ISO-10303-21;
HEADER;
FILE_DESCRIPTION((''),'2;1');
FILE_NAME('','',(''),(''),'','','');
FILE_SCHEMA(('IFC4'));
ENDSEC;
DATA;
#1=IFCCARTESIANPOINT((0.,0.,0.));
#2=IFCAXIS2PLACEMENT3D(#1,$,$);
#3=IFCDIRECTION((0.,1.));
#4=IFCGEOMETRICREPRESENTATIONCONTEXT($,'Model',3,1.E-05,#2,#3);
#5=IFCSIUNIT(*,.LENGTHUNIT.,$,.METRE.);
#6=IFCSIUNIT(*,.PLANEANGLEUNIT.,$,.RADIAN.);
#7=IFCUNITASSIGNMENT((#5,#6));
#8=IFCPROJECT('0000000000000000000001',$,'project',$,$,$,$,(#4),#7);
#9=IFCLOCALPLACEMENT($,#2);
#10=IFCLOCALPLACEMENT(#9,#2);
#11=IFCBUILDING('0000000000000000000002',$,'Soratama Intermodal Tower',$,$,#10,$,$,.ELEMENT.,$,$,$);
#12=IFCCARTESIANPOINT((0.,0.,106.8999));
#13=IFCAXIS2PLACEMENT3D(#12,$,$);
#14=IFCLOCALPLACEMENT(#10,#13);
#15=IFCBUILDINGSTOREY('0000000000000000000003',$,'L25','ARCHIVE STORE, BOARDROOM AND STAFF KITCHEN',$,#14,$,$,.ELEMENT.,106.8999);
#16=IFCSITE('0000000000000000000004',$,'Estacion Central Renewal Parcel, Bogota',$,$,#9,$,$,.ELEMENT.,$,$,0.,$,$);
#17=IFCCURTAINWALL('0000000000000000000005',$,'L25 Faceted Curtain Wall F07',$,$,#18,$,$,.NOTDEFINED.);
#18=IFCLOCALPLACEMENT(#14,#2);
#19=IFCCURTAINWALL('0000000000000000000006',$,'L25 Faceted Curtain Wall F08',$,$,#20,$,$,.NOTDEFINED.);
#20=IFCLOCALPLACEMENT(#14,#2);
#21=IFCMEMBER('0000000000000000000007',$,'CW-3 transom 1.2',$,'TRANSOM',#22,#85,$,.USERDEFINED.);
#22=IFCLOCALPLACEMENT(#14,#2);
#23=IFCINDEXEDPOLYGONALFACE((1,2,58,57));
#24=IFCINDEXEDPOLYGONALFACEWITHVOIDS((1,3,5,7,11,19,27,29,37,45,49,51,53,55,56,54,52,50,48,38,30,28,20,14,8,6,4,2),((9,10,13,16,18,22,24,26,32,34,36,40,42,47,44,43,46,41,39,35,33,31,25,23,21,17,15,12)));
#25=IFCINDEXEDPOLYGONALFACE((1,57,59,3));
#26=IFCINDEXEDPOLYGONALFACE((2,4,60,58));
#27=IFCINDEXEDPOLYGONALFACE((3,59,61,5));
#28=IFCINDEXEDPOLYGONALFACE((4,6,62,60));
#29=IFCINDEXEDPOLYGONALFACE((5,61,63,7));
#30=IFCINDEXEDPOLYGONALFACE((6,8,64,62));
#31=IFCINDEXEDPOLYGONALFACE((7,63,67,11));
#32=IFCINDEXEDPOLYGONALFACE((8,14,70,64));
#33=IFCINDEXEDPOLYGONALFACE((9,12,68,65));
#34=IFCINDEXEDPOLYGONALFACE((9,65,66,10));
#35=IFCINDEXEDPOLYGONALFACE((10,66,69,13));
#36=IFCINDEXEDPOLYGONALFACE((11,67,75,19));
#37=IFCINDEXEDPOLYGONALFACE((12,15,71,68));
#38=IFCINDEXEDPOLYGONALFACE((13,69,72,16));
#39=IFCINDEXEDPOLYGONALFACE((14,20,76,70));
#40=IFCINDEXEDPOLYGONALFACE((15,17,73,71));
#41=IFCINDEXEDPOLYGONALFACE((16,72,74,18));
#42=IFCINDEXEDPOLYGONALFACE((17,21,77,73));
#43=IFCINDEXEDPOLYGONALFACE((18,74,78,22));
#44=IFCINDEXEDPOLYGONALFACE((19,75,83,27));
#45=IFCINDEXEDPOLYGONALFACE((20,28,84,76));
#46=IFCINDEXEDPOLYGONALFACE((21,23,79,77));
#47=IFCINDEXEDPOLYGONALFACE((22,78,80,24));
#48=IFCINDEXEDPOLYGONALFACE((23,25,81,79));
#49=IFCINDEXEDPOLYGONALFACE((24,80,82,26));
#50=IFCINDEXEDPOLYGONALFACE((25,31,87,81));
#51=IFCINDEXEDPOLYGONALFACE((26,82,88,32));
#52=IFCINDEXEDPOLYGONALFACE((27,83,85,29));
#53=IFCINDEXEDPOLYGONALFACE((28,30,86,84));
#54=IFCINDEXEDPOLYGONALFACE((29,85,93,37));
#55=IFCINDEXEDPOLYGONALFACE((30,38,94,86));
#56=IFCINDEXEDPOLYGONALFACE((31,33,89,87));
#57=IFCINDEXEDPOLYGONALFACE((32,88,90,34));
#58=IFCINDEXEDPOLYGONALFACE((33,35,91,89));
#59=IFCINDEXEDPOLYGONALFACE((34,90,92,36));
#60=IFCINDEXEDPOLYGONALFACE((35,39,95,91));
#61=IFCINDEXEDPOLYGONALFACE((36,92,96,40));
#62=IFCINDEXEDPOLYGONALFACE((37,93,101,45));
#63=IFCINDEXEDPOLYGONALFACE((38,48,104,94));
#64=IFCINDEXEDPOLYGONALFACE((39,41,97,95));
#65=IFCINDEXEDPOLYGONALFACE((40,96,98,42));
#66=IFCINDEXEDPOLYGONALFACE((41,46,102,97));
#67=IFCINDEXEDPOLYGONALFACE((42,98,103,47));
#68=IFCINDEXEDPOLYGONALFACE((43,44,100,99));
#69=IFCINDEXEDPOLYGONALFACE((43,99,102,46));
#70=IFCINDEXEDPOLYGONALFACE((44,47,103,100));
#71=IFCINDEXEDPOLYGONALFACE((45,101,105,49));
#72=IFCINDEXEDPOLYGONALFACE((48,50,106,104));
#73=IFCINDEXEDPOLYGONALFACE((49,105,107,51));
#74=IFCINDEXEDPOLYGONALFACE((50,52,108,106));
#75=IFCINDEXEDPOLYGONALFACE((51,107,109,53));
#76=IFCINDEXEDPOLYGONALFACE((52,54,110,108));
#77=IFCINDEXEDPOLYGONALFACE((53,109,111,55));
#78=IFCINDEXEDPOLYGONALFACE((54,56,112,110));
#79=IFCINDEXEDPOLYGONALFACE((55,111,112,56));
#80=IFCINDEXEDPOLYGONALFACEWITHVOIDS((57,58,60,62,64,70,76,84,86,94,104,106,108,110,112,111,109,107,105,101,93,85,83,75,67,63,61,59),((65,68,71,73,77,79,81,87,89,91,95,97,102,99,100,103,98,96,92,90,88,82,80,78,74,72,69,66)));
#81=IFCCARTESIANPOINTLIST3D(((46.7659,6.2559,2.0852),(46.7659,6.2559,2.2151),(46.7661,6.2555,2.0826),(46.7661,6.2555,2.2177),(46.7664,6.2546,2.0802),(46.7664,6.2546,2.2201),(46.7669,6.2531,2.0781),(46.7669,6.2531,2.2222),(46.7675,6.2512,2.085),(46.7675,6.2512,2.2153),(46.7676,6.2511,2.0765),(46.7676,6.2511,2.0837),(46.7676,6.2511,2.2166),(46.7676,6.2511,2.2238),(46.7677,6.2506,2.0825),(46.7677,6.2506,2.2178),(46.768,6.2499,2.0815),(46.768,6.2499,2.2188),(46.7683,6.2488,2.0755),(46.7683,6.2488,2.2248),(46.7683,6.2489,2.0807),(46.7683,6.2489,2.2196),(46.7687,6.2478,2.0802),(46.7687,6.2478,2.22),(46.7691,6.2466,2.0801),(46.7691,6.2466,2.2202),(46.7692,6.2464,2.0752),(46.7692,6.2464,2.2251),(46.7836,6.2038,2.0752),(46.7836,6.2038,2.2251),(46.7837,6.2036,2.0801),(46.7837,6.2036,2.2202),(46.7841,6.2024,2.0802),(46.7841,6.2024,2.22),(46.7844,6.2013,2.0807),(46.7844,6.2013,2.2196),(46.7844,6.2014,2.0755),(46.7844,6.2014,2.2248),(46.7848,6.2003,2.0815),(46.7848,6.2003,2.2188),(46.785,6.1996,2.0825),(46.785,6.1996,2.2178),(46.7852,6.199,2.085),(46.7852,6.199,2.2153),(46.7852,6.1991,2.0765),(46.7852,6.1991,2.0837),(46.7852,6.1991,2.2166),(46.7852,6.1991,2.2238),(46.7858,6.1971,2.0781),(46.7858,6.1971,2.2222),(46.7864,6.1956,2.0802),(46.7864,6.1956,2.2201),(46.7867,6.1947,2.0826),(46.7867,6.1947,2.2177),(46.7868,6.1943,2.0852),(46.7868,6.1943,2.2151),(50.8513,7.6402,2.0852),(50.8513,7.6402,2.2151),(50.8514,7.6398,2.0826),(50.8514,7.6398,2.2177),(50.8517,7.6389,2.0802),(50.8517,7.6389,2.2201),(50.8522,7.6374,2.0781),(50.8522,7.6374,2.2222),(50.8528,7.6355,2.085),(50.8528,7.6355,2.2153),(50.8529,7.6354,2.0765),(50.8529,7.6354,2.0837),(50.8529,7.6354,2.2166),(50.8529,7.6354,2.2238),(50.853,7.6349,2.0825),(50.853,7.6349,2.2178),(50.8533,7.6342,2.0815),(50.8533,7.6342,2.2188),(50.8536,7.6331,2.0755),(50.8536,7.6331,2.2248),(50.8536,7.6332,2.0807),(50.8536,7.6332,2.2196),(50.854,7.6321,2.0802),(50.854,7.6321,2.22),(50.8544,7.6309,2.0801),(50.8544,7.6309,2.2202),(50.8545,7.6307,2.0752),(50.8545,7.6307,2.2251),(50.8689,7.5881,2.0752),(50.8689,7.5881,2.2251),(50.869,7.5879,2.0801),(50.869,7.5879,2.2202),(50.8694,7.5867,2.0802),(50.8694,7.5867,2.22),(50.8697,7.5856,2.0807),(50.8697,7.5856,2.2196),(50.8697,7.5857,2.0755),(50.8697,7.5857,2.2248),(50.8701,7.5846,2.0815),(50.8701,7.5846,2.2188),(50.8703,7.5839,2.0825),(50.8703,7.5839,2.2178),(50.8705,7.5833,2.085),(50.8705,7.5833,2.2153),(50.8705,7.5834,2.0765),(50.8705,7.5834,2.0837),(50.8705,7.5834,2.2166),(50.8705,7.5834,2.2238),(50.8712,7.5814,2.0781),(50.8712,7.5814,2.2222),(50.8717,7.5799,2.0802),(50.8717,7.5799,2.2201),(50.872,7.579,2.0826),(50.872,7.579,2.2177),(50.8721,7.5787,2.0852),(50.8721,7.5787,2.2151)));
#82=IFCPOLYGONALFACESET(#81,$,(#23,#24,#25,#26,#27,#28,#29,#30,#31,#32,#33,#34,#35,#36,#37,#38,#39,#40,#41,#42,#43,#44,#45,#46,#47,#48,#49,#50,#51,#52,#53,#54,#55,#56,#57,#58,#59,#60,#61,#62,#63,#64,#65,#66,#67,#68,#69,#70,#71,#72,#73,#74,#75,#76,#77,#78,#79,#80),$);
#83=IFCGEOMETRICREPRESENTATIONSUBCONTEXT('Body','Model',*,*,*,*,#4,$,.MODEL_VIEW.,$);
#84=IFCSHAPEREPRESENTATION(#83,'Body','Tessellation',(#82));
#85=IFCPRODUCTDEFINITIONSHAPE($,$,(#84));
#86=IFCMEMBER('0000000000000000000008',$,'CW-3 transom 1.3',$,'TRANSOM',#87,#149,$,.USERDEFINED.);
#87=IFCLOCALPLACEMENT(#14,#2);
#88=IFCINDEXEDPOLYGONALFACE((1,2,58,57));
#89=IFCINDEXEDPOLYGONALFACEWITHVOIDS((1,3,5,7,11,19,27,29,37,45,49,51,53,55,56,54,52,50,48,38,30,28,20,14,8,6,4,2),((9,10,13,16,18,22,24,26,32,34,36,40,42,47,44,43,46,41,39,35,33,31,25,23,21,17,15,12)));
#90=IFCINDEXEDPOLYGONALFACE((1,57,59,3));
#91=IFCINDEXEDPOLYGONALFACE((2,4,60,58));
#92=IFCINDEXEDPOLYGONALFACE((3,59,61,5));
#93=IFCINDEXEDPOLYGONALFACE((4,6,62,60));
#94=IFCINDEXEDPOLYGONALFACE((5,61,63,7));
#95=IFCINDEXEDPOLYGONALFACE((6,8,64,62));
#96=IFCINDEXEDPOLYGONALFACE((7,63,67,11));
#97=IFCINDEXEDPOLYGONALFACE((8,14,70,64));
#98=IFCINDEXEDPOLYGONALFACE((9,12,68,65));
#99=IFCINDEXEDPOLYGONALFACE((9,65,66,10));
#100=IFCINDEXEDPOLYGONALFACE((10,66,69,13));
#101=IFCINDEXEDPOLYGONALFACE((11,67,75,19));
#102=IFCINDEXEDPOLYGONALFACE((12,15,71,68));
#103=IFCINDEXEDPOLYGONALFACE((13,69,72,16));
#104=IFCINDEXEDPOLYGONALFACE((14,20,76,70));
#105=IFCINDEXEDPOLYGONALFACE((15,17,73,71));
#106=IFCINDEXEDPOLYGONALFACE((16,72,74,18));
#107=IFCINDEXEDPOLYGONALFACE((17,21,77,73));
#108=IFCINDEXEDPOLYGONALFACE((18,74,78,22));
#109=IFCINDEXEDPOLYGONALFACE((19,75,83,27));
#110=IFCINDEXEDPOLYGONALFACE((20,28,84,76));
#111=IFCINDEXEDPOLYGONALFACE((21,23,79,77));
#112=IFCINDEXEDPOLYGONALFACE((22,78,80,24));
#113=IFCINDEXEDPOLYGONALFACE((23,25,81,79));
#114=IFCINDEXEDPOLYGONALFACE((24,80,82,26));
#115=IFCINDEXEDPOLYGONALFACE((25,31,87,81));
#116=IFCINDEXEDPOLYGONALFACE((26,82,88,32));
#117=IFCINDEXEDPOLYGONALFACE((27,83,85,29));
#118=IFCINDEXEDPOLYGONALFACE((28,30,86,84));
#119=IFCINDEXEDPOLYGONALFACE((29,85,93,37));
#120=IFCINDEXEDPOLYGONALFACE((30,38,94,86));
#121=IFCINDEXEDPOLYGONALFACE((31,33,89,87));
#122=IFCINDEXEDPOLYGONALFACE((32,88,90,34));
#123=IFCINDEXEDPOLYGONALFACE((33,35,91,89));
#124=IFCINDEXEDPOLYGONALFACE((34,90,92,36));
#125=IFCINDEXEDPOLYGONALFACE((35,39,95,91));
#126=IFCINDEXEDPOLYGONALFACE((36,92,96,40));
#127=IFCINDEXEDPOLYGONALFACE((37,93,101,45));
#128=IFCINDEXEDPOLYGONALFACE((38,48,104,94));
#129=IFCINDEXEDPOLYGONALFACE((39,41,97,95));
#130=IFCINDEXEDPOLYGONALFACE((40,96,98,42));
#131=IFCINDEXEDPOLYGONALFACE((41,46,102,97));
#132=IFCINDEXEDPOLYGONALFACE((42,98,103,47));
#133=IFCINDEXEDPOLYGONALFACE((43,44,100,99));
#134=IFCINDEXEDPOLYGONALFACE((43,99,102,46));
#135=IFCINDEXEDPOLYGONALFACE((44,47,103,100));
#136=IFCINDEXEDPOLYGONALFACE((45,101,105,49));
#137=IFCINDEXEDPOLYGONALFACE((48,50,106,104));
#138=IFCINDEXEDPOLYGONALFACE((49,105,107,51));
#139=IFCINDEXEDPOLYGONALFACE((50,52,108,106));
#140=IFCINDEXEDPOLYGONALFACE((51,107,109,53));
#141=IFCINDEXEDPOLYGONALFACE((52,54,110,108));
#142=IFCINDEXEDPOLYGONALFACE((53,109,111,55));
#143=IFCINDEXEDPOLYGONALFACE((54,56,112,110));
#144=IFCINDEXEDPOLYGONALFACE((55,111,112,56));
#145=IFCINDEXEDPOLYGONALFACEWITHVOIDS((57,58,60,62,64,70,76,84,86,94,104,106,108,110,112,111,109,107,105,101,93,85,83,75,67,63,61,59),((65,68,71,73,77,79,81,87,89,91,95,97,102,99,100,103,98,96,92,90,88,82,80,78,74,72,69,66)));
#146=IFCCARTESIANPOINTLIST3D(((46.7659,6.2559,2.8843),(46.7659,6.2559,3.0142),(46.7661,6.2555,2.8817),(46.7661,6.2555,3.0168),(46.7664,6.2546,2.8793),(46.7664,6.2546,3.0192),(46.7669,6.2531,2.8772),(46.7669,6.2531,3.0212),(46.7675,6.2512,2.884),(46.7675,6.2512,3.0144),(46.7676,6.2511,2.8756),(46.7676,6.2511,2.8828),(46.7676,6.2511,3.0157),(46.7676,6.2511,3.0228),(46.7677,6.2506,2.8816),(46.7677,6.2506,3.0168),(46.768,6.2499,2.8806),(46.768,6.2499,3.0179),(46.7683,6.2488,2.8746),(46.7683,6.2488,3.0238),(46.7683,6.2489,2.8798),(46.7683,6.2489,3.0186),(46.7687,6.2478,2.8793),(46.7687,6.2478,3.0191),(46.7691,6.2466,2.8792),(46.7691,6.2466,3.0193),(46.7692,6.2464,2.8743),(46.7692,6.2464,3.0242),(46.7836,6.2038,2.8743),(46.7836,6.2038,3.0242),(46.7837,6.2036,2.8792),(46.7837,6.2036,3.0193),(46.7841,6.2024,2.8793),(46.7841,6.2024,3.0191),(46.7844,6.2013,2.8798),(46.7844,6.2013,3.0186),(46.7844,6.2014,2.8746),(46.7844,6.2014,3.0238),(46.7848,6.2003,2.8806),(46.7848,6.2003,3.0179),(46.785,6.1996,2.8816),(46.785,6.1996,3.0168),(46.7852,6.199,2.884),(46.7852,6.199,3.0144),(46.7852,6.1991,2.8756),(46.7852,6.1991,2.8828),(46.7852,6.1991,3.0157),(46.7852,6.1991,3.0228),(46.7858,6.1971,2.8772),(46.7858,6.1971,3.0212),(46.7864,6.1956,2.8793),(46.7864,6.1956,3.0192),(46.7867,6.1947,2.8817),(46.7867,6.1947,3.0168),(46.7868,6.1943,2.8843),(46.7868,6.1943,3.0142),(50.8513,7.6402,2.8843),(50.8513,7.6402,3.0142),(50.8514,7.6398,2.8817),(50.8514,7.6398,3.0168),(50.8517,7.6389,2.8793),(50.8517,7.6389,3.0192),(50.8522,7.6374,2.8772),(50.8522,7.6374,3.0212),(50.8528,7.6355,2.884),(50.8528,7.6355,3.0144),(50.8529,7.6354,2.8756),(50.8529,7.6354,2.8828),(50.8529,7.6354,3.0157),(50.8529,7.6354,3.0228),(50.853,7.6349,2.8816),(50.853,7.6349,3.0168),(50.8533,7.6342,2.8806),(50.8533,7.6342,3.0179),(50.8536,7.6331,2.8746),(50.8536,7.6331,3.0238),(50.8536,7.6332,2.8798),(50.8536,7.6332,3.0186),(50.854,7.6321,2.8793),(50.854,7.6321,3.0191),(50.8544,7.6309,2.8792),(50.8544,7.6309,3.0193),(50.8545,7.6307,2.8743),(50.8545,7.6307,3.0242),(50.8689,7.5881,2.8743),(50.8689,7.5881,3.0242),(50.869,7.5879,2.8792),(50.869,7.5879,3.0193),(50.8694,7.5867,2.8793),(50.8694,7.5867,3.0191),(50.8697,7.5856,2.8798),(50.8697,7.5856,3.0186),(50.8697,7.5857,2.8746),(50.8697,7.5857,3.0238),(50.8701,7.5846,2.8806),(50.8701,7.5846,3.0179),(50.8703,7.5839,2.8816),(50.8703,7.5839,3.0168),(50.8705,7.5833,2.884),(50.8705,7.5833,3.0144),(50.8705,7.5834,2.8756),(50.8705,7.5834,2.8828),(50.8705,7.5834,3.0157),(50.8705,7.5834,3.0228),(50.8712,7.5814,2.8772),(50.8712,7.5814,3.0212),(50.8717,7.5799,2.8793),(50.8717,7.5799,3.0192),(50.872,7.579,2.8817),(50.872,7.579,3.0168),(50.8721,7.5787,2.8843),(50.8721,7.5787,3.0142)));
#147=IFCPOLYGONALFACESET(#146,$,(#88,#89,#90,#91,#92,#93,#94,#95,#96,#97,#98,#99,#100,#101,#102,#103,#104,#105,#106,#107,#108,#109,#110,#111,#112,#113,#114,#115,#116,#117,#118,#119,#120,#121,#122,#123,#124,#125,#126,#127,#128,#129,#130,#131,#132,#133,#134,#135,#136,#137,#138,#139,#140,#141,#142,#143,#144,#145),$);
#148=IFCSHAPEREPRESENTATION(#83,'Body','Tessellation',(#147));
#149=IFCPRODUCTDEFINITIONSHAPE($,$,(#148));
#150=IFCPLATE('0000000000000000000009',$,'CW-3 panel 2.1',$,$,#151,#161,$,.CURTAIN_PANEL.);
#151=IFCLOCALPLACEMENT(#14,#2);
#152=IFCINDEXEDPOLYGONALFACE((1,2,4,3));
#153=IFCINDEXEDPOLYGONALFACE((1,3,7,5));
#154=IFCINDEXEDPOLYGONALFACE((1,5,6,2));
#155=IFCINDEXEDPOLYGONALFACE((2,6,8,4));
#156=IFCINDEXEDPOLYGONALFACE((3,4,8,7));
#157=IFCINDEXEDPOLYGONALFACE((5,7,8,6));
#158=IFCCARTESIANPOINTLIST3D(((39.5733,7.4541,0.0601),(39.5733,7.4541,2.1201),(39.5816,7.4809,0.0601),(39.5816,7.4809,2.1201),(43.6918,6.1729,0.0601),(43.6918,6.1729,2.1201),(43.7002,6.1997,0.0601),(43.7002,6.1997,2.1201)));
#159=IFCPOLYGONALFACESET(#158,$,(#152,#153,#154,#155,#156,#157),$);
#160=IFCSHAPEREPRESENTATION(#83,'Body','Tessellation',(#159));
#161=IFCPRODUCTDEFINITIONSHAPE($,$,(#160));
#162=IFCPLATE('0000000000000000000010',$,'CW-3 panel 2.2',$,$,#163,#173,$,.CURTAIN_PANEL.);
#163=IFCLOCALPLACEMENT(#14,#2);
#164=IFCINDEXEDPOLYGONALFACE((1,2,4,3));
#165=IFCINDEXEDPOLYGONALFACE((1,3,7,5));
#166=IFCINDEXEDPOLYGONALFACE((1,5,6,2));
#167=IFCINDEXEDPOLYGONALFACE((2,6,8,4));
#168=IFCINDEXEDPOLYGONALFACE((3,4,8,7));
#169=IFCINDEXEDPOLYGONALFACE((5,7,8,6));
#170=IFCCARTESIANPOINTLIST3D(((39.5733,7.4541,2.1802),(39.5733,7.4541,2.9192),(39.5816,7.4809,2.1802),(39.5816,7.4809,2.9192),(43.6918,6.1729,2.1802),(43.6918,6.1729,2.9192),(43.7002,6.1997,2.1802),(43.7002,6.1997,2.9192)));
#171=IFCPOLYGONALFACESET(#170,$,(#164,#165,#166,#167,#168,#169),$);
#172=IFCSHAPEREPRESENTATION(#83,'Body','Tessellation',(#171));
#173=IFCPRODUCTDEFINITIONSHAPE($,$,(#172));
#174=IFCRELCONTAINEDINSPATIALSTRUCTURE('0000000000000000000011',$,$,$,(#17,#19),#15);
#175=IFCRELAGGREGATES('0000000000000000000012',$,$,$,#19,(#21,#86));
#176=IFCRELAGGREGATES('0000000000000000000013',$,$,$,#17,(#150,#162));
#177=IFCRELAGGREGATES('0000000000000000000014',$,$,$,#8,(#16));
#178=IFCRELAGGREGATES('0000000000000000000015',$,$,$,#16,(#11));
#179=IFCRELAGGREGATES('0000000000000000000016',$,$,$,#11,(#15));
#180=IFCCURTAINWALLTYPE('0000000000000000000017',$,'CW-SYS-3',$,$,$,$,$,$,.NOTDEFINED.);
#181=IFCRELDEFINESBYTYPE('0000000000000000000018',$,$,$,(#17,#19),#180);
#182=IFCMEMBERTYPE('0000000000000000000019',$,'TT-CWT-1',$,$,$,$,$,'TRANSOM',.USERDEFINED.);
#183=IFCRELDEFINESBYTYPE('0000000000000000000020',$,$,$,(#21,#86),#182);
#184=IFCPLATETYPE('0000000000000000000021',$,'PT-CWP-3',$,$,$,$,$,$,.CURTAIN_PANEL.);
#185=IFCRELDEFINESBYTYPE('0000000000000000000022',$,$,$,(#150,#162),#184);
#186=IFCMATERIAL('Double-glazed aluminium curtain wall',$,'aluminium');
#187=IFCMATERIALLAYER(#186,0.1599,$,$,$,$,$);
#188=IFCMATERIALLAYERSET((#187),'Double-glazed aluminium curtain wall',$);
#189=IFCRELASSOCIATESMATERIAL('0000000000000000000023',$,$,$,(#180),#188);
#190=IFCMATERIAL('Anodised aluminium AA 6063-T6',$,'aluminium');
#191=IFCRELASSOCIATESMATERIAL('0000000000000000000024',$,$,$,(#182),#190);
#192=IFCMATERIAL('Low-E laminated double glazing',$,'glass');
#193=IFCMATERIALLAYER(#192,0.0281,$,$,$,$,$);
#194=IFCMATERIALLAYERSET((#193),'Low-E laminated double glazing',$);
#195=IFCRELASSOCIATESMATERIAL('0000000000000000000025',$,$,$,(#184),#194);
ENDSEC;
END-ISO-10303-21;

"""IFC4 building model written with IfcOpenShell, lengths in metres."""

from ifc_helpers import new_model, si_unit, direction, frame, origin, origin_2d, place, context, subcontext, project, spatial, rectangle, hollow_rectangle, extrude, material, layer, layer_set, material_profile, profile_set, type_object, element, aggregate, save


model = new_model("IFC4")

# Units and contexts
model_context = context("Model", 3, precision=1e-05, world=origin(), true_north=direction((0.0, 1.0)))
body_context = subcontext(model_context, "Body", "Model", "MODEL_VIEW")
ifc_project = project(units=[si_unit("LENGTHUNIT", "METRE"), si_unit("PLANEANGLEUNIT", "RADIAN")], contexts=[model_context])

# Site, building, storey
site_placement = place(None, origin())
site = spatial("IfcSite", under=ifc_project, at=site_placement, Name="Estacion Central Renewal Parcel, Bogota", CompositionType="ELEMENT", RefElevation=0.0)
building_placement = place(site_placement, origin())
building = spatial("IfcBuilding", under=site, at=building_placement, Name="Soratama Intermodal Tower", CompositionType="ELEMENT")
storey_placement = place(building_placement, frame((0.0, 0.0, 106.8999)))
storey = spatial("IfcBuildingStorey", under=building, at=storey_placement, Name="L25", Description="ARCHIVE STORE, BOARDROOM AND STAFF KITCHEN", CompositionType="ELEMENT", Elevation=106.8999)

# Curtain wall
ifc_material_1 = material(Name="Double-glazed aluminium curtain wall", Category="aluminium")
ifc_layer_1 = layer(ifc_material_1, 0.1599)
ifc_layer_set_1 = layer_set([ifc_layer_1], Name="Double-glazed aluminium curtain wall")
curtain_wall_type = type_object("IfcCurtainWallType", Name="CW-SYS-3", PredefinedType="NOTDEFINED", material=ifc_layer_set_1)
curtain_wall_1_placement = place(storey_placement, origin())
curtain_wall_1 = element("IfcCurtainWall", 1, at=curtain_wall_1_placement, inside=storey, type_object=curtain_wall_type, Name="L25 Faceted Curtain Wall F07", PredefinedType="NOTDEFINED")

# Curtain wall, members
curtain_wall_2_placement = place(storey_placement, origin())
curtain_wall_2 = element("IfcCurtainWall", 2, at=curtain_wall_2_placement, inside=storey, type_object=curtain_wall_type, Name="L25 Faceted Curtain Wall F08", PredefinedType="NOTDEFINED")
ifc_material_2 = material(Name="Anodised aluminium AA 6063-T6", Category="aluminium")
ifc_material_profile_1 = material_profile(ifc_material_2, hollow_rectangle(XDim=0.0649, YDim=0.1499, WallThickness=0.0049, InnerFilletRadius=0.0049, OuterFilletRadius=0.01, at=origin_2d()), Name="CWT150X65X5")
ifc_profile_set_1 = profile_set([ifc_material_profile_1], Name="Anodised aluminium AA 6063-T6")
member_type_1 = type_object("IfcMemberType", Name="TT-CWT-1", ElementType="TRANSOM", PredefinedType="USERDEFINED", material=ifc_profile_set_1)
member_1_placement = place(storey_placement, frame((46.7764, 6.2251, 2.1501), z_axis=(0.947104, 0.320927, 0.0), x_axis=(-0.320927, 0.947104, 0.0)))
member_1 = element("IfcMember", 3, at=member_1_placement, type_object=member_type_1, Name="CW-3 transom 1.2", ObjectType="TRANSOM", PredefinedType="USERDEFINED", context=body_context, shape_type="SweptSolid", body=[
    extrude(hollow_rectangle(XDim=0.0649, YDim=0.1499, WallThickness=0.0049, InnerFilletRadius=0.0049, OuterFilletRadius=0.01, at=origin_2d()), origin(), (0.0, 0.0, 1.0), 4.3135),
])
member_2_placement = place(storey_placement, frame((46.7764, 6.2251, 2.9492), z_axis=(0.947104, 0.320927, 0.0), x_axis=(-0.320927, 0.947104, 0.0)))
member_2 = element("IfcMember", 4, at=member_2_placement, type_object=member_type_1, Name="CW-3 transom 1.3", ObjectType="TRANSOM", PredefinedType="USERDEFINED", context=body_context, shape_type="SweptSolid", body=[
    extrude(hollow_rectangle(XDim=0.0649, YDim=0.1499, WallThickness=0.0049, InnerFilletRadius=0.0049, OuterFilletRadius=0.01, at=origin_2d()), origin(), (0.0, 0.0, 1.0), 4.3135),
])
aggregate(curtain_wall_2, [member_1, member_2])

# Plates
ifc_material_3 = material(Name="Low-E laminated double glazing", Category="glass")
ifc_layer_2 = layer(ifc_material_3, 0.0281)
ifc_layer_set_2 = layer_set([ifc_layer_2], Name="Low-E laminated double glazing")
plate_type = type_object("IfcPlateType", Name="PT-CWP-3", PredefinedType="CURTAIN_PANEL", material=ifc_layer_set_2)
plate_1_placement = place(storey_placement, frame((41.6367, 6.8269, 0.0601), z_axis=(0.0, 0.0, 1.0), x_axis=(0.954865, -0.297039, 0.0)))
plate_1 = element("IfcPlate", 5, at=plate_1_placement, type_object=plate_type, Name="CW-3 panel 2.1", PredefinedType="CURTAIN_PANEL", context=body_context, shape_type="SweptSolid", body=[
    extrude(rectangle(XDim=4.3132, YDim=0.0281, at=origin_2d()), origin(), (0.0, 0.0, 1.0), 2.0601),
])
plate_2_placement = place(storey_placement, frame((41.6367, 6.8269, 2.1802), z_axis=(0.0, 0.0, 1.0), x_axis=(0.954865, -0.297039, 0.0)))
plate_2 = element("IfcPlate", 6, at=plate_2_placement, type_object=plate_type, Name="CW-3 panel 2.2", PredefinedType="CURTAIN_PANEL", context=body_context, shape_type="SweptSolid", body=[
    extrude(rectangle(XDim=4.3132, YDim=0.0281, at=origin_2d()), origin(), (0.0, 0.0, 1.0), 0.739),
])
aggregate(curtain_wall_1, [plate_1, plate_2])

save(model, "model.ifc")
